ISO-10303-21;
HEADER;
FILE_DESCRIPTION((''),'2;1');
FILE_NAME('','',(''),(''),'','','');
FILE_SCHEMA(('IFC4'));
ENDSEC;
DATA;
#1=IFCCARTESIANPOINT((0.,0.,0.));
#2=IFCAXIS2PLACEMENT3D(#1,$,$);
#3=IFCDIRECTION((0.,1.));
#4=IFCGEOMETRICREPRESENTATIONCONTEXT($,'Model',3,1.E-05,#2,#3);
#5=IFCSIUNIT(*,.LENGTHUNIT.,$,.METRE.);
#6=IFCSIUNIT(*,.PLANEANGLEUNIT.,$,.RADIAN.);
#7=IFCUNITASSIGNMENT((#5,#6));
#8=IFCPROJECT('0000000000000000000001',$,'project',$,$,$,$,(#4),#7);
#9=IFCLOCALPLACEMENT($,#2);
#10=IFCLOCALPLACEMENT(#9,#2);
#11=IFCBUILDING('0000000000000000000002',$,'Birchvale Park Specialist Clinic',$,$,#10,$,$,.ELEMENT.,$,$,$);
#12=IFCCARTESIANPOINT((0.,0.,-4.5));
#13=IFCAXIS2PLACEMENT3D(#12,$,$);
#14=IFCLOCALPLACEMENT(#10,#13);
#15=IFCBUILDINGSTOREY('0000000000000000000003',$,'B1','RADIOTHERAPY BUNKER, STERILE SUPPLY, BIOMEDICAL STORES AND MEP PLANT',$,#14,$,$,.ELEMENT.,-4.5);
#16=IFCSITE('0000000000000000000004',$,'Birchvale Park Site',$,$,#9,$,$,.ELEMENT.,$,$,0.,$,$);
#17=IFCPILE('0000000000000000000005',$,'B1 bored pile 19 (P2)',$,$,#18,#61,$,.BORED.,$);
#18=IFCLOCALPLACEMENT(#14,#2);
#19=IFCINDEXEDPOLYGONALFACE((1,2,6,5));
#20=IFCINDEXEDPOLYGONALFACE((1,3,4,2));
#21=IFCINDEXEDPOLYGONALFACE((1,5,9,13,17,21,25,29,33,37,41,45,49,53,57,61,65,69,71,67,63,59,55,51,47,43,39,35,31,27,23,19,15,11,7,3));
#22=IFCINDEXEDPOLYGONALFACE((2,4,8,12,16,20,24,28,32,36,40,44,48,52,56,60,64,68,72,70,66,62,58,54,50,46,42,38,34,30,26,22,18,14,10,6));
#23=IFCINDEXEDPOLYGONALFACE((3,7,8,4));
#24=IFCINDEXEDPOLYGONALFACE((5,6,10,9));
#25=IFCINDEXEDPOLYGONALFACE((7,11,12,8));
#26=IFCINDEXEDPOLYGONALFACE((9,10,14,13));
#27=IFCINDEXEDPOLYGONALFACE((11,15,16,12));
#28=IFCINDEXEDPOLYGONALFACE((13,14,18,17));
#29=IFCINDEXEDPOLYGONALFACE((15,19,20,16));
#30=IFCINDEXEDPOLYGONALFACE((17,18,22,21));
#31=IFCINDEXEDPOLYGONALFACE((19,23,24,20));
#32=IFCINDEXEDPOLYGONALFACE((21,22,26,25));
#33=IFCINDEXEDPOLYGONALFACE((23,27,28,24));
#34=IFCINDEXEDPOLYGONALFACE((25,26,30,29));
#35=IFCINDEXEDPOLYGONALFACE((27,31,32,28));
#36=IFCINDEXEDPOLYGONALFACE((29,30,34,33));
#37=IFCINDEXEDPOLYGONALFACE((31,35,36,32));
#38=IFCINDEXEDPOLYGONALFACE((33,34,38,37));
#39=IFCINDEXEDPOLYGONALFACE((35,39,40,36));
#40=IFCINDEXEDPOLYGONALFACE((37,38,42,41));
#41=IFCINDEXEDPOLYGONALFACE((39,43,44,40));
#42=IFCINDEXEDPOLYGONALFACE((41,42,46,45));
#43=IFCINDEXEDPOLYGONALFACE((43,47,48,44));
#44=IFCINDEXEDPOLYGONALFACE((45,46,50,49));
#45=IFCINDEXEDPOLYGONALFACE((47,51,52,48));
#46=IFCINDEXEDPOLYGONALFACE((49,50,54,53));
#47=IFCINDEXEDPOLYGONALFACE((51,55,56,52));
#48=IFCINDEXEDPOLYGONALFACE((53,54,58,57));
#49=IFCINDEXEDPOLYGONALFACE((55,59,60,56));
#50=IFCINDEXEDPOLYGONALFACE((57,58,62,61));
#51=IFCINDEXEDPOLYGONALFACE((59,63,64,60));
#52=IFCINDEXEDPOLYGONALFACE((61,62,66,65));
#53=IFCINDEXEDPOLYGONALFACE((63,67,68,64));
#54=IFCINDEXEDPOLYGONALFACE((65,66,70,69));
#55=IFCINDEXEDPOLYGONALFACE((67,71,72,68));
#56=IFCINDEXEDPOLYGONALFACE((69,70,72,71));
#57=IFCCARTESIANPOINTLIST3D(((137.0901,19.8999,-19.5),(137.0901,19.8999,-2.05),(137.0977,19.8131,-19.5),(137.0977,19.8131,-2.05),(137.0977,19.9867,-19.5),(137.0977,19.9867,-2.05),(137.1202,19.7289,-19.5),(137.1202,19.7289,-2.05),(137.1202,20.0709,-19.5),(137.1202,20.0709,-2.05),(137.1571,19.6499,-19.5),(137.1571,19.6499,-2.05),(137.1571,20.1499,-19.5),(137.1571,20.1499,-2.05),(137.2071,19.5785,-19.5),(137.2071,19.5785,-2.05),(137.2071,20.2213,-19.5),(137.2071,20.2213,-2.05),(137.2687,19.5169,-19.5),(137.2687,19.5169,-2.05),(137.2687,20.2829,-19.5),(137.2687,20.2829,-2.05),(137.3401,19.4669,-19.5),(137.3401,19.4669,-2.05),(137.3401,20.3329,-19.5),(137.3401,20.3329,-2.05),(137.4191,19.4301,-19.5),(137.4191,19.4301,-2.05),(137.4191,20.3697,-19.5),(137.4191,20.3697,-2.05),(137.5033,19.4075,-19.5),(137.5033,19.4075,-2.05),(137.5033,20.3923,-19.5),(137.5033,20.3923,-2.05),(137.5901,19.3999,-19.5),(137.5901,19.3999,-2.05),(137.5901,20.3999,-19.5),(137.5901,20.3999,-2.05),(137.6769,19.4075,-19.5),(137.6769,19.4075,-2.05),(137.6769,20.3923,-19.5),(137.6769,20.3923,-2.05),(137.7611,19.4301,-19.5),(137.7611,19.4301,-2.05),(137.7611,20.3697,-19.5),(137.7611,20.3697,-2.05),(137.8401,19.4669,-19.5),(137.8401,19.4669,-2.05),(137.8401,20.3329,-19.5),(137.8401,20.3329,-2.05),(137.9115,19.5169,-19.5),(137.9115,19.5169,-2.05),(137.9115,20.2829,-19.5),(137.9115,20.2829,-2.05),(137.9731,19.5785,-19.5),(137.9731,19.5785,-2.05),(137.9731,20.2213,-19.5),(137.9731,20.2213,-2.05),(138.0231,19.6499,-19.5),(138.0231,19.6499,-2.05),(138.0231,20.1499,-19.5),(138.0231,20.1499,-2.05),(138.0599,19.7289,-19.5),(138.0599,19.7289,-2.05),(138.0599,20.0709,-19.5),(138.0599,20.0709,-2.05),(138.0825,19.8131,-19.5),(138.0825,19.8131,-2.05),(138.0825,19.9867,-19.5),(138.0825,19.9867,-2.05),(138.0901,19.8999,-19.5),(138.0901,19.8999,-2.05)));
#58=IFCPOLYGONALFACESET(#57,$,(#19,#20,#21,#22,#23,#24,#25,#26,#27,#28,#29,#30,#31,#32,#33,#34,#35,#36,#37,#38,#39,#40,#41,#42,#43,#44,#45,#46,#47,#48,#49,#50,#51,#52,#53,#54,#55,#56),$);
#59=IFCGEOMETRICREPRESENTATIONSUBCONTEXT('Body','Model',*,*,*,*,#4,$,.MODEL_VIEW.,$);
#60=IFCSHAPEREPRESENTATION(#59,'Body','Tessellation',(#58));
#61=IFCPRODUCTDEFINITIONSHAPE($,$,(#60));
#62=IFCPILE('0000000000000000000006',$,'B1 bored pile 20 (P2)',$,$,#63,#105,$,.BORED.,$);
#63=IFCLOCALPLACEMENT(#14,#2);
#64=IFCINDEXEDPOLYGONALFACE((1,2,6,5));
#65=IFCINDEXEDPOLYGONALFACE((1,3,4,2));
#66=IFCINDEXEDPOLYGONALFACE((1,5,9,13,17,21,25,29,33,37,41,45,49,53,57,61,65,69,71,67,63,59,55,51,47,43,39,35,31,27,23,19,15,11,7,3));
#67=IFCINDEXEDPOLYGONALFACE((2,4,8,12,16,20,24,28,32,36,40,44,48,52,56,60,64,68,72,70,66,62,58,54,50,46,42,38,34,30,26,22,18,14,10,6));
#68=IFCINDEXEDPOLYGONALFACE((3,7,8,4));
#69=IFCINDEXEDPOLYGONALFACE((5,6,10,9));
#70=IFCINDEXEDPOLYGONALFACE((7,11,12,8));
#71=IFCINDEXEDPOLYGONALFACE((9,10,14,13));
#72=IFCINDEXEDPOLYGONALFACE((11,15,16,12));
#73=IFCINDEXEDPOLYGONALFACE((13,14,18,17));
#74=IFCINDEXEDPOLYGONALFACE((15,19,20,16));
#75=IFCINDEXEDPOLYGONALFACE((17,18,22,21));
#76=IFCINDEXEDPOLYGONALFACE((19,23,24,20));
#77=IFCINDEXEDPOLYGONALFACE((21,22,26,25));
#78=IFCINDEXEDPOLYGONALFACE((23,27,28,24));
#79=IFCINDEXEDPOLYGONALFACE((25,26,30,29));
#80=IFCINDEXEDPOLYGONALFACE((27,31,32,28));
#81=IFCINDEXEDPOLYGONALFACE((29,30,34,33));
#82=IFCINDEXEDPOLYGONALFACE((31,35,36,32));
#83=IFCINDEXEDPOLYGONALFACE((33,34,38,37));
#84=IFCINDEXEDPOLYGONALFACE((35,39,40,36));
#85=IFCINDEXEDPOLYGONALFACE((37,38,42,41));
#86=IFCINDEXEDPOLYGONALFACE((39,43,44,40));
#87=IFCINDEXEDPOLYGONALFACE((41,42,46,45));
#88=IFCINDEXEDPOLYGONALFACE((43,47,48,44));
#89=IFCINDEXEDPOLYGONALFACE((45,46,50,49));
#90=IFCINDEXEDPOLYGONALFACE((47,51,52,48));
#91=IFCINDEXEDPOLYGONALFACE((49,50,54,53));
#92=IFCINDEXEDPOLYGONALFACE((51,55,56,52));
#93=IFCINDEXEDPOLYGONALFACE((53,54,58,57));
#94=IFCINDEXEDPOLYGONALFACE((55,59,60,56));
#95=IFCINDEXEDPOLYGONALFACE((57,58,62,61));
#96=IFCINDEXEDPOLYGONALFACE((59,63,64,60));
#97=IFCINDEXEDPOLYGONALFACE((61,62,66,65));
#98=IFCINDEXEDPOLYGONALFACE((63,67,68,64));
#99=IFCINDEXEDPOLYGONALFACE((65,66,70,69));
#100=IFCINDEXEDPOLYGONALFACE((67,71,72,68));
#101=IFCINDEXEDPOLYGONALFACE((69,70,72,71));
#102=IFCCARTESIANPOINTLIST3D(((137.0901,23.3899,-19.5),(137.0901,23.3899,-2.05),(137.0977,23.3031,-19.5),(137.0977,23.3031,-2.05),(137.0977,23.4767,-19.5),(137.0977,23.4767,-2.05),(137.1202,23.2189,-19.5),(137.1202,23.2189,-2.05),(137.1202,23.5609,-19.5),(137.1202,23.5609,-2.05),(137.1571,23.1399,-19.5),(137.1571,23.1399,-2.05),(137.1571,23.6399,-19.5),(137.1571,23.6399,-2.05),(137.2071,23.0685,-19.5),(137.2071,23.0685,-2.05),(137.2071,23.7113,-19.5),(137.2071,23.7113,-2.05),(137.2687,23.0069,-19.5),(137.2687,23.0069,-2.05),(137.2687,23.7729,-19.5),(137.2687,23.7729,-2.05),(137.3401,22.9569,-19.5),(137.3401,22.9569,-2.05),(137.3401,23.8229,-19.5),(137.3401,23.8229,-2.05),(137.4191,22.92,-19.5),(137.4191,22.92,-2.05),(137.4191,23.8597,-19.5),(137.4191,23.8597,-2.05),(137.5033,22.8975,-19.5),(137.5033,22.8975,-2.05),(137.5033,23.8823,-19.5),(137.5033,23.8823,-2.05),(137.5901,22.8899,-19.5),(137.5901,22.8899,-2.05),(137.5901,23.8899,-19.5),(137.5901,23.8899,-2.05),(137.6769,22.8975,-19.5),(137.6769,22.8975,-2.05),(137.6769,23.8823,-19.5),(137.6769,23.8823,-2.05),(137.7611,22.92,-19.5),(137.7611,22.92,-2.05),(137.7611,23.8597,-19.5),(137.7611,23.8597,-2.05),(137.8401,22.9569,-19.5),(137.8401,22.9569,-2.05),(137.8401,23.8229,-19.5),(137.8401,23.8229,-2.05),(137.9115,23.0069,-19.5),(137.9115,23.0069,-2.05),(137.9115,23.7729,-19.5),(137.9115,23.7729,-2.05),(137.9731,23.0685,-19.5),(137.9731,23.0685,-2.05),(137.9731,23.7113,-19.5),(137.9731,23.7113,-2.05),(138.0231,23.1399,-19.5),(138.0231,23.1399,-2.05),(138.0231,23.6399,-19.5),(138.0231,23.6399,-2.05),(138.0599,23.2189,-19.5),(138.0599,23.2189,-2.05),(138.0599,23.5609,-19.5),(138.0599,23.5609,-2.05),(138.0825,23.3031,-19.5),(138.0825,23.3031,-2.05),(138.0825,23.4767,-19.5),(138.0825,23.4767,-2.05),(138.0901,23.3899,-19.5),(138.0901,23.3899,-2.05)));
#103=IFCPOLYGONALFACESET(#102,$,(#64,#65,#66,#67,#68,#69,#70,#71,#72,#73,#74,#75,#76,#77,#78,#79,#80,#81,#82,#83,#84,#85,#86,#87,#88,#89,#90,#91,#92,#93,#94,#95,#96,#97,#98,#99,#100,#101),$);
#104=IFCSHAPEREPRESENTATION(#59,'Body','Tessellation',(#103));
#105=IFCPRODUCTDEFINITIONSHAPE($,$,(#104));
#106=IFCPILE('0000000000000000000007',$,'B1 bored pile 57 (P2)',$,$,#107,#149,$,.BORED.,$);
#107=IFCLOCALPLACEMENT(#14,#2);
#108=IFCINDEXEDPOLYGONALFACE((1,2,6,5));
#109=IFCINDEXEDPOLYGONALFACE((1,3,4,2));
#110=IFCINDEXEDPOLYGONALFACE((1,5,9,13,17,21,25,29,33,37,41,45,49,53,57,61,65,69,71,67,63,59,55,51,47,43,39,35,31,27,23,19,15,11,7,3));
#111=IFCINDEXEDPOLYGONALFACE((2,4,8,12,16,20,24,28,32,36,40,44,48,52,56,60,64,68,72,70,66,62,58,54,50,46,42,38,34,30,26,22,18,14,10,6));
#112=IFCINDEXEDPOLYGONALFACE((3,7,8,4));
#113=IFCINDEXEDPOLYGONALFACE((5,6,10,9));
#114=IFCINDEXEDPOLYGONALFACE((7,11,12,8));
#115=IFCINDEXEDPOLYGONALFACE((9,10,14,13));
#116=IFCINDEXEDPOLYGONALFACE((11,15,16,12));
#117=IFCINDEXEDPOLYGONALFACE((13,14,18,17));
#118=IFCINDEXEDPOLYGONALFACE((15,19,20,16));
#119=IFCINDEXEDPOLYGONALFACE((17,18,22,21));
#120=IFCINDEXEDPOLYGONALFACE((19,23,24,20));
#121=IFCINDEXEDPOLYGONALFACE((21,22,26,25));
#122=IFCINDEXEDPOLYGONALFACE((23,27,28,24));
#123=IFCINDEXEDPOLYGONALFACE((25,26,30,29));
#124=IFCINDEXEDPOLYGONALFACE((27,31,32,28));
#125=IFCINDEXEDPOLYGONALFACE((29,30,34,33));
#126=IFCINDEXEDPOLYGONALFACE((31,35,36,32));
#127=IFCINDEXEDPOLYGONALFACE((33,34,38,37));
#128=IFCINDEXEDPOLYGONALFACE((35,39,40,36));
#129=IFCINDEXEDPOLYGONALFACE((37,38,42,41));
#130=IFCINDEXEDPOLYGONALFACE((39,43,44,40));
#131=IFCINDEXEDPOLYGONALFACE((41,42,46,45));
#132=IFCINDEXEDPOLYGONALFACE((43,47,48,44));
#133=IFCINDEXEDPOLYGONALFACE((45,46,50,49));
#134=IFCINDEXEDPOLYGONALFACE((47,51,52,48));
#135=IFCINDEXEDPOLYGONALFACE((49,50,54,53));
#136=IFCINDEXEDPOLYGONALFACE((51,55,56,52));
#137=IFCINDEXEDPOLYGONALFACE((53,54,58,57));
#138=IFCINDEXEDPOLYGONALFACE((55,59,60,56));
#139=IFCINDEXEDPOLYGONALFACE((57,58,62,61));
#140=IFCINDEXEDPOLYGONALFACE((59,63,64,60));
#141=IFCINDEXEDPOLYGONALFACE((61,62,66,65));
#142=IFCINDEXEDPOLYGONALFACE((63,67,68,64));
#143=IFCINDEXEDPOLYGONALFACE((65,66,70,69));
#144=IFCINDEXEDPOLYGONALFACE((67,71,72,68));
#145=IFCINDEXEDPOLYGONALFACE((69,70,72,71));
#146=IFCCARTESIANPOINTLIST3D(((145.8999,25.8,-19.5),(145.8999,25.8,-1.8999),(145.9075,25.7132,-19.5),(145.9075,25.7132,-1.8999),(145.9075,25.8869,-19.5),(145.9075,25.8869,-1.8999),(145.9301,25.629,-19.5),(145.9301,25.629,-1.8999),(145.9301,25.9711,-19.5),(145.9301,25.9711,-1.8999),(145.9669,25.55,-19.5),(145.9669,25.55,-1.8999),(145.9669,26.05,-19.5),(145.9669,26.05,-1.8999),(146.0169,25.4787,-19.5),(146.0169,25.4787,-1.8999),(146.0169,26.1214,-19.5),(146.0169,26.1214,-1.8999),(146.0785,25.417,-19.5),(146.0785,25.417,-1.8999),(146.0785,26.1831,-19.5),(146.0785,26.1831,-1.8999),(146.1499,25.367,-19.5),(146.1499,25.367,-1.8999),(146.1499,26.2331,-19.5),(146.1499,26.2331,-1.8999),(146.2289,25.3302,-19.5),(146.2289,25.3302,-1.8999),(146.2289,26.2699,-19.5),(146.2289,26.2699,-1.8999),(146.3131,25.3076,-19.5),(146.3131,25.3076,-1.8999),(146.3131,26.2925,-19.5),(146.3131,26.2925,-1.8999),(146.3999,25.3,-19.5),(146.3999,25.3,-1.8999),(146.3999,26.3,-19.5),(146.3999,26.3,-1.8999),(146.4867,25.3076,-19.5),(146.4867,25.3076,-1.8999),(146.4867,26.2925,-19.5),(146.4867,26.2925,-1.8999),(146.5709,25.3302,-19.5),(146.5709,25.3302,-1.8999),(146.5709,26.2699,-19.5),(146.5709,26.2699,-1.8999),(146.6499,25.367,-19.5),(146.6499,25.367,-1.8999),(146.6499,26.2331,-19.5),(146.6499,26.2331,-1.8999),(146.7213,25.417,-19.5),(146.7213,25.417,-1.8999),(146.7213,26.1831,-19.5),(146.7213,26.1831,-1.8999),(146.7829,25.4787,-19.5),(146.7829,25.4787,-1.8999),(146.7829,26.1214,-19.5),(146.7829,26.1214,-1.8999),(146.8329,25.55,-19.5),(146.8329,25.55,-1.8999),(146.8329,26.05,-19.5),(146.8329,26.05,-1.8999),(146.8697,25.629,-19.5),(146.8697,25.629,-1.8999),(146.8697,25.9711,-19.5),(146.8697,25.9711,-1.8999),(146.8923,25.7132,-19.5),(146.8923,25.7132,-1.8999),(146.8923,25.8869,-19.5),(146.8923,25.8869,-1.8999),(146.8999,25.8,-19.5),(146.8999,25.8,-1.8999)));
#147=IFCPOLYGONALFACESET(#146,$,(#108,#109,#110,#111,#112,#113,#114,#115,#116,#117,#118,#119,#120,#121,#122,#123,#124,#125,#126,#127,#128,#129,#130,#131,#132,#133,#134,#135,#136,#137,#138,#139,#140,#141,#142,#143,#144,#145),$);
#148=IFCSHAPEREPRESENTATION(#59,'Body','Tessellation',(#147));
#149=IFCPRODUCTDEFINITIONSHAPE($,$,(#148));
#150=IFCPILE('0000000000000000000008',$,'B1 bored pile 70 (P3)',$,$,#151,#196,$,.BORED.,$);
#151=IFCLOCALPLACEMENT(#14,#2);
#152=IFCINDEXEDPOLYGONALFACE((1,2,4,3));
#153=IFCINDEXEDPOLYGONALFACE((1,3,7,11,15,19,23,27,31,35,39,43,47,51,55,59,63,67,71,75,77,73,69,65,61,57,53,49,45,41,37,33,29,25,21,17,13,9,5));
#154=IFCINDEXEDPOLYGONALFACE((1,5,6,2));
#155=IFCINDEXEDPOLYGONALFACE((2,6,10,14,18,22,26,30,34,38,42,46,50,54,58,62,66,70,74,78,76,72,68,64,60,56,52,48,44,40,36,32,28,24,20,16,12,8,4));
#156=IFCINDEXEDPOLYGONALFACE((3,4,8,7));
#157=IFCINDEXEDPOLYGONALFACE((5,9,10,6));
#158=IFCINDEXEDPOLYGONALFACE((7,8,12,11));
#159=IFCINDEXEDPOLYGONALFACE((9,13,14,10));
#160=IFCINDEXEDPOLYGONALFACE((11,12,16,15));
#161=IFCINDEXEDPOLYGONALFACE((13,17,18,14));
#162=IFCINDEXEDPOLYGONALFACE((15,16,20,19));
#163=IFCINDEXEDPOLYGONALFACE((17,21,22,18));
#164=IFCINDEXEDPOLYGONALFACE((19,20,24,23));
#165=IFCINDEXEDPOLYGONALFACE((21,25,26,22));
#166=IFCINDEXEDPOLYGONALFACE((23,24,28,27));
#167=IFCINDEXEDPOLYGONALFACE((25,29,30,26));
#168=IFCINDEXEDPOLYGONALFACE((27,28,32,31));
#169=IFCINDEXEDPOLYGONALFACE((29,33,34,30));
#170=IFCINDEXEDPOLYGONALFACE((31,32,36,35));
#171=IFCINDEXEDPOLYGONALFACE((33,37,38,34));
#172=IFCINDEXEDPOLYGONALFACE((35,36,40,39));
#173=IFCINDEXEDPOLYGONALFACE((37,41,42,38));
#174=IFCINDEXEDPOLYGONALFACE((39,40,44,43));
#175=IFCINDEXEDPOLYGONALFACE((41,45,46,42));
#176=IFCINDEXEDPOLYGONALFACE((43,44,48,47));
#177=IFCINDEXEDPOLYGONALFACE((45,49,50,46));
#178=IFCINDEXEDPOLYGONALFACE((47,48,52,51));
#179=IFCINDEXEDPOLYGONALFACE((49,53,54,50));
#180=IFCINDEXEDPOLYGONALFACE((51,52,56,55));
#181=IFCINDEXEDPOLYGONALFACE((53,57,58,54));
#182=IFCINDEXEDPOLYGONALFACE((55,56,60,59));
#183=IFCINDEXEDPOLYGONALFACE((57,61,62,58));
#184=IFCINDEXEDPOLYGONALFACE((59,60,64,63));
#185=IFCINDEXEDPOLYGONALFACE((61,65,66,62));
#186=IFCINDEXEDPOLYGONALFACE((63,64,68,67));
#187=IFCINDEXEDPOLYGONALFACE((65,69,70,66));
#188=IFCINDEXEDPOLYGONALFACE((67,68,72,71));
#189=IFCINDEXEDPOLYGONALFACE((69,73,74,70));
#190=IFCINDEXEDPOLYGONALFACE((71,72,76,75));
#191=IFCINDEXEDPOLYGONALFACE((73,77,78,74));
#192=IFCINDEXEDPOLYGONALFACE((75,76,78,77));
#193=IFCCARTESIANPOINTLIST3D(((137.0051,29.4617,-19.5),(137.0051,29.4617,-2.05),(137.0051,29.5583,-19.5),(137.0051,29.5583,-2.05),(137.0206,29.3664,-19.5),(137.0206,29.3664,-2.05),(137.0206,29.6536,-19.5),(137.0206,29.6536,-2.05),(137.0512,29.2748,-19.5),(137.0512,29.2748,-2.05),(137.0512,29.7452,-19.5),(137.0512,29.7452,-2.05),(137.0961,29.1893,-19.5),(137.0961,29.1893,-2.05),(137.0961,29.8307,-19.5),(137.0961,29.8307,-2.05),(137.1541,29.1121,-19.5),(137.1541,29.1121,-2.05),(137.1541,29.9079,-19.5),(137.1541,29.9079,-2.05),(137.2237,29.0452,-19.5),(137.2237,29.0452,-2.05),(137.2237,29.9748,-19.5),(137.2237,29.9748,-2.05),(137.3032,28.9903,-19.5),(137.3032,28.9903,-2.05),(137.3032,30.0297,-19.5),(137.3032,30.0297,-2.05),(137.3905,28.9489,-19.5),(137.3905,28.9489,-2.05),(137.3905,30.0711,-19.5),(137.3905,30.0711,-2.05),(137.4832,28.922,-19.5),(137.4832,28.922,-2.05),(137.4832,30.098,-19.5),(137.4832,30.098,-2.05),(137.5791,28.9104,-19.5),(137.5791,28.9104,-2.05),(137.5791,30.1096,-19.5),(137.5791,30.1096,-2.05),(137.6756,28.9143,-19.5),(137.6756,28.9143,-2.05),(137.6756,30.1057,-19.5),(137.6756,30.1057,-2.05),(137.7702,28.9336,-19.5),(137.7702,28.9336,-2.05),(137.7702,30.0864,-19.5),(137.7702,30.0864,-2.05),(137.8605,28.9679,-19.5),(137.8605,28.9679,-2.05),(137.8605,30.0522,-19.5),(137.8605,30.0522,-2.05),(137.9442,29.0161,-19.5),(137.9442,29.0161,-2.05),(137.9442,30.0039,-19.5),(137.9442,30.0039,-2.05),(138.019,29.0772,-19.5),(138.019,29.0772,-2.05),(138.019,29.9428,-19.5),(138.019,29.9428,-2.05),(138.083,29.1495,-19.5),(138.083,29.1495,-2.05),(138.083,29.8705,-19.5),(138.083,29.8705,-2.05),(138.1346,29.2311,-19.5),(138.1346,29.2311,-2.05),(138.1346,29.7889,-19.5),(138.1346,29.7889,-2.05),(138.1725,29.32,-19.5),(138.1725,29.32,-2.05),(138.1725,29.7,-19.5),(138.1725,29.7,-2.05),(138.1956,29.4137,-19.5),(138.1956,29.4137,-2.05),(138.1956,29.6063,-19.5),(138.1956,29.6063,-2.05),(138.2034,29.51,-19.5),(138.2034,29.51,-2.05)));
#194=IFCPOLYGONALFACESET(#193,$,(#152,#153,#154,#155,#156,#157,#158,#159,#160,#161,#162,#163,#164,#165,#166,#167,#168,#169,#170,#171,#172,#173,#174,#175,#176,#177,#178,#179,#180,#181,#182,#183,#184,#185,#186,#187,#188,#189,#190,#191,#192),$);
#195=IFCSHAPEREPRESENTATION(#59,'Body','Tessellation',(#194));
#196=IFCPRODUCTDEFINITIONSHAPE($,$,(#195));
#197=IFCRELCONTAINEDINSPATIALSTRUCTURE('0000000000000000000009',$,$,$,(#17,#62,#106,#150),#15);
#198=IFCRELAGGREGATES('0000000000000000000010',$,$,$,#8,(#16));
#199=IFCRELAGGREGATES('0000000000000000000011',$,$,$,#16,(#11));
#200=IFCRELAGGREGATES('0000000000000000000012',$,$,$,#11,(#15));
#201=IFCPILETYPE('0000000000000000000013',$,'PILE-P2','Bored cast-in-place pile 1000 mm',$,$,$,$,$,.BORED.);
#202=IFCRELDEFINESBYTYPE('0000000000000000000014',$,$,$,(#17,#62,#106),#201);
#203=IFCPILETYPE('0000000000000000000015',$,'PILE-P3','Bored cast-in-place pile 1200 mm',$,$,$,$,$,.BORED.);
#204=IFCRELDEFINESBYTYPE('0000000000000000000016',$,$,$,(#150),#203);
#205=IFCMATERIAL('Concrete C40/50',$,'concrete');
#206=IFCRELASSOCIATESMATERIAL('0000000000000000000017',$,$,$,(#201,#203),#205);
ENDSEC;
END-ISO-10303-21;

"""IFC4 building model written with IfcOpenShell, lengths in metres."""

from ifc_helpers import new_model, si_unit, direction, frame, origin, origin_2d, place, context, subcontext, project, spatial, circle, extrude, material, material_profile, profile_set, type_object, element, save


model = new_model("IFC4")

# Units and contexts
model_context = context("Model", 3, precision=1e-05, world=origin(), true_north=direction((0.0, 1.0)))
body_context = subcontext(model_context, "Body", "Model", "MODEL_VIEW")
ifc_project = project(units=[si_unit("LENGTHUNIT", "METRE"), si_unit("PLANEANGLEUNIT", "RADIAN")], contexts=[model_context])

# Site, building, storey
site_placement = place(None, origin())
site = spatial("IfcSite", under=ifc_project, at=site_placement, Name="Birchvale Park Site", CompositionType="ELEMENT", RefElevation=0.0)
building_placement = place(site_placement, origin())
building = spatial("IfcBuilding", under=site, at=building_placement, Name="Birchvale Park Specialist Clinic", CompositionType="ELEMENT")
storey_placement = place(building_placement, frame((0.0, 0.0, -4.5)))
storey = spatial("IfcBuildingStorey", under=building, at=storey_placement, Name="B1", Description="RADIOTHERAPY BUNKER, STERILE SUPPLY, BIOMEDICAL STORES AND MEP PLANT", CompositionType="ELEMENT", Elevation=-4.5)

# Shared definitions
ifc_material_1 = material(Name="Concrete C40/50", Category="concrete")

# Piles
ifc_material_profile_1 = material_profile(ifc_material_1, circle(Radius=0.5, at=origin_2d()), Name="PILE-1000")
ifc_profile_set_1 = profile_set([ifc_material_profile_1], Name="Concrete C40/50")
pile_type_1 = type_object("IfcPileType", Name="PILE-P2", Description="Bored cast-in-place pile 1000 mm", PredefinedType="BORED", material=ifc_profile_set_1)
for number, where, z_axis, x_axis, name in (
    (1, (137.5901, 19.8999, -2.05), (0.0, 0.0, -1.0), (1.0, 0.0, 0.0), "B1 bored pile 19 (P2)"),
    (2, (137.5901, 23.3899, -2.05), (0.0, 0.0, -1.0), (1.0, 0.0, 0.0), "B1 bored pile 20 (P2)"),
):
    element("IfcPile", number, at=place(storey_placement, frame(where, z_axis=z_axis, x_axis=x_axis)), inside=storey, type_object=pile_type_1, Name=name, PredefinedType="BORED", context=body_context, shape_type="SweptSolid", body=[
        extrude(circle(Radius=0.5, at=origin_2d()), origin(), (0.0, 0.0, 1.0), 17.45),
    ])
pile_1_placement = place(storey_placement, frame((146.3999, 25.8, -1.8999), z_axis=(0.0, 0.0, -1.0), x_axis=(1.0, 0.0, 0.0)))
element("IfcPile", 3, at=pile_1_placement, inside=storey, type_object=pile_type_1, Name="B1 bored pile 57 (P2)", PredefinedType="BORED", context=body_context, shape_type="SweptSolid", body=[
    extrude(circle(Radius=0.5, at=origin_2d()), origin(), (0.0, 0.0, 1.0), 17.6001),
])
ifc_material_profile_2 = material_profile(ifc_material_1, circle(Radius=0.6001, at=origin_2d()), Name="PILE-1200")
ifc_profile_set_2 = profile_set([ifc_material_profile_2], Name="Concrete C40/50")
pile_type_2 = type_object("IfcPileType", Name="PILE-P3", Description="Bored cast-in-place pile 1200 mm", PredefinedType="BORED", material=ifc_profile_set_2)
for number, where, z_axis, x_axis, name in (
    (4, (137.6033, 29.51, -2.05), (0.0, 0.0, -1.0), (1.0, 0.0, 0.0), "B1 bored pile 70 (P3)"),
):
    element("IfcPile", number, at=place(storey_placement, frame(where, z_axis=z_axis, x_axis=x_axis)), inside=storey, type_object=pile_type_2, Name=name, PredefinedType="BORED", context=body_context, shape_type="SweptSolid", body=[
        extrude(circle(Radius=0.6001, at=origin_2d()), origin(), (0.0, 0.0, 1.0), 17.45),
    ])

save(model, "model.ifc")
